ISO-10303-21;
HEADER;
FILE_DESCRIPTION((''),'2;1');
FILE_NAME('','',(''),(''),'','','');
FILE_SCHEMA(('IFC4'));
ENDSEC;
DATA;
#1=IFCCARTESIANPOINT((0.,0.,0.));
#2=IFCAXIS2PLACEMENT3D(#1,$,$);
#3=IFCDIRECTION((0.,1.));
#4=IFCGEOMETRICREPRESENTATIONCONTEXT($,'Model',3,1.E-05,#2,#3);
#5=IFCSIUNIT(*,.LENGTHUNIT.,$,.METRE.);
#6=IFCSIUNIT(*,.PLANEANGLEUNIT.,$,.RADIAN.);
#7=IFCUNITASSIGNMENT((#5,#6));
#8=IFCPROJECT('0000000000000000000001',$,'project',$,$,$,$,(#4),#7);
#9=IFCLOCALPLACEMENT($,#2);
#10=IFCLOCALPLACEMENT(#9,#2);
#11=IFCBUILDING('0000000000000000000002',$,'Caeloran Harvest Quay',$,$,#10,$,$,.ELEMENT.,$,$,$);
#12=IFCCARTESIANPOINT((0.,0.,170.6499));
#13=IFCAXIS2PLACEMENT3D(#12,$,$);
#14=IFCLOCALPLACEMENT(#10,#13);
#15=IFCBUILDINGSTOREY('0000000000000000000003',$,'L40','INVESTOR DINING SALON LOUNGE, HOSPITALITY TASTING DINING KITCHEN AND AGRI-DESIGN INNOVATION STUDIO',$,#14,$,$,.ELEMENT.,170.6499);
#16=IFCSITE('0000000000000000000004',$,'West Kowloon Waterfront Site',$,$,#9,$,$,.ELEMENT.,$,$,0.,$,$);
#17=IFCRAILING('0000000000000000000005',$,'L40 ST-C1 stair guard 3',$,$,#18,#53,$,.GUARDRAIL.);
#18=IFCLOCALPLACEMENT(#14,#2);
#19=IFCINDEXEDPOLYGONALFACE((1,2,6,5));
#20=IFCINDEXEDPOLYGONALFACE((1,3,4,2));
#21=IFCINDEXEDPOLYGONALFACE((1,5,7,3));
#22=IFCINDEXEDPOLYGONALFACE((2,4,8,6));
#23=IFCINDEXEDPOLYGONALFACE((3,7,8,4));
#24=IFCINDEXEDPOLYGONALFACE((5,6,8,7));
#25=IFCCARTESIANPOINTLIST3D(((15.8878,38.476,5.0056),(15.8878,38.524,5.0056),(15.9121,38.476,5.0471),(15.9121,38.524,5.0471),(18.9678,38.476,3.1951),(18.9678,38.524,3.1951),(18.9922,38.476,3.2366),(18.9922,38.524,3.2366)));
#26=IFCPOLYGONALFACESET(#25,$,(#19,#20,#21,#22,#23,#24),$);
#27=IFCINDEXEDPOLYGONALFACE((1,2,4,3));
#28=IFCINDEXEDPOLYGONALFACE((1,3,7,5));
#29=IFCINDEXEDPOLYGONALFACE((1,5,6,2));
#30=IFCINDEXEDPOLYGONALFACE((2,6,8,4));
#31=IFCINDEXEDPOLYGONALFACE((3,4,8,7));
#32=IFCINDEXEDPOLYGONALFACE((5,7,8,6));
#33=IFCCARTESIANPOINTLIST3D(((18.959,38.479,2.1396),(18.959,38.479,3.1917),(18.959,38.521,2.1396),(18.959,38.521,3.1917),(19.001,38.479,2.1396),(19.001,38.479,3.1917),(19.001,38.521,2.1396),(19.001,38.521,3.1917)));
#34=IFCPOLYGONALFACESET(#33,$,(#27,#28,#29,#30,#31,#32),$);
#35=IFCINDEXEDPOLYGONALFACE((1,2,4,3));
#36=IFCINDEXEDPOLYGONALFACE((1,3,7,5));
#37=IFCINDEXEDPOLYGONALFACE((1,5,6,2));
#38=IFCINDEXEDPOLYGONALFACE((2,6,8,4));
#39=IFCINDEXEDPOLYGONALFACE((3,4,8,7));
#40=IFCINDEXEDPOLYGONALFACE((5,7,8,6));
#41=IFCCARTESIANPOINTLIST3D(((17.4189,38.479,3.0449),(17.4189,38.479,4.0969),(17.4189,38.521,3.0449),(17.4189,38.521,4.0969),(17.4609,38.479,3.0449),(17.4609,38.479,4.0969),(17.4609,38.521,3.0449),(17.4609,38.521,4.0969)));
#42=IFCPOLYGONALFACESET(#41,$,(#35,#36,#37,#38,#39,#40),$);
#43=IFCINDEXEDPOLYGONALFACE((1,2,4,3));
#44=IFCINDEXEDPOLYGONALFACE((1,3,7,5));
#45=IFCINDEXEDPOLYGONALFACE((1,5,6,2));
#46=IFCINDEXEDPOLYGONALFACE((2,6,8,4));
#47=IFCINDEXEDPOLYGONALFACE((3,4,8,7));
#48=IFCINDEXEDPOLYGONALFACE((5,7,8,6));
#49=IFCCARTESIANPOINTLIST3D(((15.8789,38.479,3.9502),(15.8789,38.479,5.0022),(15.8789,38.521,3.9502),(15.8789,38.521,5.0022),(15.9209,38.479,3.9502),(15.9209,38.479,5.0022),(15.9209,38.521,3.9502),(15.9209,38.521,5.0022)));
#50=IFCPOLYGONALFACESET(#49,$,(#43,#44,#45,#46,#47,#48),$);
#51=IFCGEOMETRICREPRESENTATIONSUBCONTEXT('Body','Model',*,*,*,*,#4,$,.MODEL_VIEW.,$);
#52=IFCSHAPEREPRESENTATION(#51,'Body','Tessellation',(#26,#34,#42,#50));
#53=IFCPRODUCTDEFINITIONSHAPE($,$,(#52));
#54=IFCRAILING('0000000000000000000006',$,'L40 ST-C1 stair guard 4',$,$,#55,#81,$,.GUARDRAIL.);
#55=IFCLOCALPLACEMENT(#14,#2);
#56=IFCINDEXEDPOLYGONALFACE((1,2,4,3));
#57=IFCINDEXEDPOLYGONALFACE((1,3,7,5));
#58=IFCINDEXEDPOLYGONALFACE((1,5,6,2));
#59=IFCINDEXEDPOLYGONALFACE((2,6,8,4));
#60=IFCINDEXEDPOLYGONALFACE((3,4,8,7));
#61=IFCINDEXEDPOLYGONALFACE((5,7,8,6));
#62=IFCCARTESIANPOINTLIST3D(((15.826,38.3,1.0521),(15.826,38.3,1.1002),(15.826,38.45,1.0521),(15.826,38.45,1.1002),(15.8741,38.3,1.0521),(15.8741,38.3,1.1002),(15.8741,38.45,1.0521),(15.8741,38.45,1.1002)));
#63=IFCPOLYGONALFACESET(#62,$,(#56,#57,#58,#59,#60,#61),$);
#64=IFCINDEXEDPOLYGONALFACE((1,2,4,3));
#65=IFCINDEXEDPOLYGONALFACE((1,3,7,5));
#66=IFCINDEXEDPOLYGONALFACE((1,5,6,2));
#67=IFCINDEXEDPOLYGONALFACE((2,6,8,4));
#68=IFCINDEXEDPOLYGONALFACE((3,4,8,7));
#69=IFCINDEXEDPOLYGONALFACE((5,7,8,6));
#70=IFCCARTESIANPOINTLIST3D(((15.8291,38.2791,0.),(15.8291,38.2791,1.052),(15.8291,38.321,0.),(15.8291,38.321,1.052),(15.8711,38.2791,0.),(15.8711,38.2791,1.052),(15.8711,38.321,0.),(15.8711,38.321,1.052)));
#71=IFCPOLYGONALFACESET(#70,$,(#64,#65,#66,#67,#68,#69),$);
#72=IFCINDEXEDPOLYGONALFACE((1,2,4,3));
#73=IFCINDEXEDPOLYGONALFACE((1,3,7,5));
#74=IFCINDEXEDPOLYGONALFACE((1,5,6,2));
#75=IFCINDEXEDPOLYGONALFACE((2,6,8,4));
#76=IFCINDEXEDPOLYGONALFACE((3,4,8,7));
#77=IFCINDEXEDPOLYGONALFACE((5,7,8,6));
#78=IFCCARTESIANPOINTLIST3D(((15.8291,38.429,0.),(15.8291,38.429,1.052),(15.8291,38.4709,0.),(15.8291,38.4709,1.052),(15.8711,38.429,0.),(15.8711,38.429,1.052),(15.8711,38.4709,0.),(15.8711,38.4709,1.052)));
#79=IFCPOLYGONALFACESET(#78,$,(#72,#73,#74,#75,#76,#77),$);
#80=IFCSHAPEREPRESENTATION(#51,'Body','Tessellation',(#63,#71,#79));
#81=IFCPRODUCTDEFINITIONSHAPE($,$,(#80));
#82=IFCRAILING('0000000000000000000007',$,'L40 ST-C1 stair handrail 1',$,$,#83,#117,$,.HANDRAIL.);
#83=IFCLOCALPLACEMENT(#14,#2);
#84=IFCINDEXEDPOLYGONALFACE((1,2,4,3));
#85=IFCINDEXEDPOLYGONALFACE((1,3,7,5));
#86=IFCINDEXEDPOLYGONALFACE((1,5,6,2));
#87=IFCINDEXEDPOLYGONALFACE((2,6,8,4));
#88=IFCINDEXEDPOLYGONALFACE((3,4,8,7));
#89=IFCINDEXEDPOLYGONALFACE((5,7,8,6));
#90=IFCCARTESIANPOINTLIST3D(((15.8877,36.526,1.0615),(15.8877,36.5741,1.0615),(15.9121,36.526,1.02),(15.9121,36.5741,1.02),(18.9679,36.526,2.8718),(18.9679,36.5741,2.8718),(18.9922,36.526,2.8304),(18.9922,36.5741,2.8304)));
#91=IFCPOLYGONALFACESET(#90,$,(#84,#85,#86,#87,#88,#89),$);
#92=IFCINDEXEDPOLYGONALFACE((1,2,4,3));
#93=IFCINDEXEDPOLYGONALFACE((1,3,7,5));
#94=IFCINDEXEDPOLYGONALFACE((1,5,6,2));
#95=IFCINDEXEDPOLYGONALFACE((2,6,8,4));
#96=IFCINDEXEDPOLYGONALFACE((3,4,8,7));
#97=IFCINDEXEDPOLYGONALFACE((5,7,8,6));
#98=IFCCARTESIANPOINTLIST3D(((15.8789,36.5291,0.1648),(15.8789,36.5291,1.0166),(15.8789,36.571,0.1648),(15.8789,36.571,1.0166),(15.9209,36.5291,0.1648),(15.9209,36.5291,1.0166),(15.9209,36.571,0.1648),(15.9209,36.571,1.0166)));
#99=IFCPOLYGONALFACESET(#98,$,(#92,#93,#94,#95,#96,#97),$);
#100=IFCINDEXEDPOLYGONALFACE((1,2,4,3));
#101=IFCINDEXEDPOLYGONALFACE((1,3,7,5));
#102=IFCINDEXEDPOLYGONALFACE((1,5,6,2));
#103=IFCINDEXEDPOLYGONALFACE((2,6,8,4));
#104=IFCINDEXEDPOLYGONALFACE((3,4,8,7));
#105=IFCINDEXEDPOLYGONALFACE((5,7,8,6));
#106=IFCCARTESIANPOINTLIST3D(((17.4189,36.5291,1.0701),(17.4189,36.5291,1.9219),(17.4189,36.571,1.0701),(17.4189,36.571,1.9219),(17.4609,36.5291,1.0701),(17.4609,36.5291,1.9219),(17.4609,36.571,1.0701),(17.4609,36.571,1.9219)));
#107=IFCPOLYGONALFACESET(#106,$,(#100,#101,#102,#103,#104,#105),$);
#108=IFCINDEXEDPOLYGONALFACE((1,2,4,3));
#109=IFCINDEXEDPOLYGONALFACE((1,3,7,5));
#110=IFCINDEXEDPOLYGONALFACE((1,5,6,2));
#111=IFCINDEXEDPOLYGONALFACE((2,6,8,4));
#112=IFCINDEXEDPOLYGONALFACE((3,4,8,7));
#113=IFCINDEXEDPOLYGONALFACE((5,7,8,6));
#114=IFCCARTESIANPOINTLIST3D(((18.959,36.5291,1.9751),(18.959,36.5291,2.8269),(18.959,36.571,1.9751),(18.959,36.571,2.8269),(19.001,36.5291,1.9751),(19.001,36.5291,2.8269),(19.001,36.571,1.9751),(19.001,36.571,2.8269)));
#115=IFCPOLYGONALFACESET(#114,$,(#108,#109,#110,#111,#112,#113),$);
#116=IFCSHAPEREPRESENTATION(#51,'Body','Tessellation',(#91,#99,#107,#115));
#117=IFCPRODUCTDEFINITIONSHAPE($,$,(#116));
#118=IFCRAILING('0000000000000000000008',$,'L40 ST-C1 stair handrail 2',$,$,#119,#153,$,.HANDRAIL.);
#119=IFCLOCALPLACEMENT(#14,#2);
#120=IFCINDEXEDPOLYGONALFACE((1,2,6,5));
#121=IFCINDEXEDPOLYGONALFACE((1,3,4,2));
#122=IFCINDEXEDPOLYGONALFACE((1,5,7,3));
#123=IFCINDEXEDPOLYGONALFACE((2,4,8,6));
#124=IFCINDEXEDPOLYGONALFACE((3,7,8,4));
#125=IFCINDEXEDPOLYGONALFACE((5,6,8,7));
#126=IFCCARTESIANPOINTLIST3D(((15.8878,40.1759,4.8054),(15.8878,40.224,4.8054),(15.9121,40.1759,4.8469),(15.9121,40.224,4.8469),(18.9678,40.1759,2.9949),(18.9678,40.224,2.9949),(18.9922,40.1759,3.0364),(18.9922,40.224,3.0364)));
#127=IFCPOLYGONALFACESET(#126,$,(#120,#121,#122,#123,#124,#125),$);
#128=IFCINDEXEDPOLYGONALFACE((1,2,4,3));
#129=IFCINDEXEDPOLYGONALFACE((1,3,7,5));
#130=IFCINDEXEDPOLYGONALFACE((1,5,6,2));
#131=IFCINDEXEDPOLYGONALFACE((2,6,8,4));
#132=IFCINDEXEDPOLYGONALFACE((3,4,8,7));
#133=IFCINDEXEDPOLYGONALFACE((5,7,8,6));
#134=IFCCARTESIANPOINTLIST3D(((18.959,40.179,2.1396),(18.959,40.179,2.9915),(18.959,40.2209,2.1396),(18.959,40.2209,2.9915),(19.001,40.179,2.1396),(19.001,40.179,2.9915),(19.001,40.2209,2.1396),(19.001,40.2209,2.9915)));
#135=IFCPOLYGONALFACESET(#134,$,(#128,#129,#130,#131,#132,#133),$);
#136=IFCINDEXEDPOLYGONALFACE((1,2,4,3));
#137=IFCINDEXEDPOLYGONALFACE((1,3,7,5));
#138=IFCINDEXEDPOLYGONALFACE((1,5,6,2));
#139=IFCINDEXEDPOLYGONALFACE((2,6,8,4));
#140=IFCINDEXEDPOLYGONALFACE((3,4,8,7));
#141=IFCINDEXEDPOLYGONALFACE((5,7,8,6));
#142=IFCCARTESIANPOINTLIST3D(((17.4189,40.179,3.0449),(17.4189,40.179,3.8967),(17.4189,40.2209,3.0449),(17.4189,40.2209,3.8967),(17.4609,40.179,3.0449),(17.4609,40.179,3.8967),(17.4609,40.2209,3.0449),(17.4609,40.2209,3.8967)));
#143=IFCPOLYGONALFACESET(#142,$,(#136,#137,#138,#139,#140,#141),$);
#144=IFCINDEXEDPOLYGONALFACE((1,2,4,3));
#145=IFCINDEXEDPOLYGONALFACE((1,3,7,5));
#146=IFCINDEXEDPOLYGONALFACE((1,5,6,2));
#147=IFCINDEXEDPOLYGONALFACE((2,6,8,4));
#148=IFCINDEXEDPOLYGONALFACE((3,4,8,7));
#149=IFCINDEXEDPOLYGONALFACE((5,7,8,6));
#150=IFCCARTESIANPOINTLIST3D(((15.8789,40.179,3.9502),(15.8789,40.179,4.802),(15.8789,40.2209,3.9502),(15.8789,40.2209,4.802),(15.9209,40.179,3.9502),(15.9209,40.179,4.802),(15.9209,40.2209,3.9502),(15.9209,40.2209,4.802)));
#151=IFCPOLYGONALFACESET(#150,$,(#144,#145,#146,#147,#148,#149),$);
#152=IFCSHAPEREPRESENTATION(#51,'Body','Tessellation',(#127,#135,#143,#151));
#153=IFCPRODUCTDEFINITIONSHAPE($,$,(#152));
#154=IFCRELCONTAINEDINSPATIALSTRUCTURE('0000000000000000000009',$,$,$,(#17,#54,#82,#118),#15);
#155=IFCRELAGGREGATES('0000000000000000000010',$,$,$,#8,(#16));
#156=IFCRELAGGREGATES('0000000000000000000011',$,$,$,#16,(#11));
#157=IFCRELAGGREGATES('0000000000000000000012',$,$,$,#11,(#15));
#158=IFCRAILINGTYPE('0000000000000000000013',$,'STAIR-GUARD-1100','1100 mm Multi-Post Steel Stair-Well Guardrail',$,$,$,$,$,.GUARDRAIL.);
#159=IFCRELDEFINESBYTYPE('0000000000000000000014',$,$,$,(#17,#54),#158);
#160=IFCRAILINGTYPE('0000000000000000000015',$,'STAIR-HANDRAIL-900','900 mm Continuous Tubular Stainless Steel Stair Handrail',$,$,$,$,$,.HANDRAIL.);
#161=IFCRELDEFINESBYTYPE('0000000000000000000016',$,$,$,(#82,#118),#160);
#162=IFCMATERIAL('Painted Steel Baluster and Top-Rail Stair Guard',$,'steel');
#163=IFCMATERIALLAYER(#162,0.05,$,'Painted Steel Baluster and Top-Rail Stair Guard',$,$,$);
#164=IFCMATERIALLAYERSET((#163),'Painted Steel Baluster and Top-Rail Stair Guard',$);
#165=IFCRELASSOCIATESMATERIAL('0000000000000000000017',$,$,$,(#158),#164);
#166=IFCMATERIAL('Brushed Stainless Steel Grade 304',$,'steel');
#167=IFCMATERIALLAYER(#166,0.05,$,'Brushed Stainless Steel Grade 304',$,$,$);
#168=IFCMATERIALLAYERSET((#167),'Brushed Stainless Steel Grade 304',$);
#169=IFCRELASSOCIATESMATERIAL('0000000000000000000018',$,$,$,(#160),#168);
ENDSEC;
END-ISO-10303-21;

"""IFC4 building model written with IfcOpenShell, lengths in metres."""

from ifc_helpers import new_model, si_unit, direction, frame, origin, origin_2d, place, context, subcontext, project, spatial, rectangle, extrude, material, layer, layer_set, type_object, element, save


model = new_model("IFC4")

# Units and contexts
model_context = context("Model", 3, precision=1e-05, world=origin(), true_north=direction((0.0, 1.0)))
body_context = subcontext(model_context, "Body", "Model", "MODEL_VIEW")
ifc_project = project(units=[si_unit("LENGTHUNIT", "METRE"), si_unit("PLANEANGLEUNIT", "RADIAN")], contexts=[model_context])

# Site, building, storey
site_placement = place(None, origin())
site = spatial("IfcSite", under=ifc_project, at=site_placement, Name="West Kowloon Waterfront Site", CompositionType="ELEMENT", RefElevation=0.0)
building_placement = place(site_placement, origin())
building = spatial("IfcBuilding", under=site, at=building_placement, Name="Caeloran Harvest Quay", CompositionType="ELEMENT")
storey_placement = place(building_placement, frame((0.0, 0.0, 170.6499)))
storey = spatial("IfcBuildingStorey", under=building, at=storey_placement, Name="L40", Description="INVESTOR DINING SALON LOUNGE, HOSPITALITY TASTING DINING KITCHEN AND AGRI-DESIGN INNOVATION STUDIO", CompositionType="ELEMENT", Elevation=170.6499)

# Railings
ifc_material_1 = material(Name="Painted Steel Baluster and Top-Rail Stair Guard", Category="steel")
ifc_layer_1 = layer(ifc_material_1, 0.05, Name="Painted Steel Baluster and Top-Rail Stair Guard")
ifc_layer_set_1 = layer_set([ifc_layer_1], Name="Painted Steel Baluster and Top-Rail Stair Guard")
railing_type_1 = type_object("IfcRailingType", Name="STAIR-GUARD-1100", Description="1100 mm Multi-Post Steel Stair-Well Guardrail", PredefinedType="GUARDRAIL", material=ifc_layer_set_1)
railing_1_placement = place(storey_placement, frame((18.98, 38.5, 2.1396)))
element("IfcRailing", 1, at=railing_1_placement, inside=storey, type_object=railing_type_1, Name="L40 ST-C1 stair guard 3", PredefinedType="GUARDRAIL", context=body_context, shape_type="SweptSolid", body=[
    extrude(rectangle(XDim=0.0481, YDim=0.0481, at=origin_2d()), frame((0.0, 0.0, 1.0762), z_axis=(-0.862089, 0.0, 0.506757), x_axis=(0.0, -1.0, 0.0)), (0.0, 0.0, 1.0), 3.5728),
    extrude(rectangle(XDim=0.042, YDim=0.042, at=origin_2d()), origin(), (0.0, 0.0, 1.0), 1.052),
    extrude(rectangle(XDim=0.042, YDim=0.042, at=origin_2d()), frame((-1.54, 0.0, 0.9053)), (0.0, 0.0, 1.0), 1.052),
    extrude(rectangle(XDim=0.042, YDim=0.042, at=origin_2d()), frame((-3.0801, 0.0, 1.8105)), (0.0, 0.0, 1.0), 1.052),
])
railing_2_placement = place(storey_placement, frame((15.8501, 38.3, 0.0)))
element("IfcRailing", 2, at=railing_2_placement, inside=storey, type_object=railing_type_1, Name="L40 ST-C1 stair guard 4", PredefinedType="GUARDRAIL", context=body_context, shape_type="SweptSolid", body=[
    extrude(rectangle(XDim=0.0481, YDim=0.0481, at=origin_2d()), frame((0.0, 0.0, 1.0762), z_axis=(0.0, 1.0, 0.0), x_axis=(-1.0, 0.0, 0.0)), (0.0, 0.0, 1.0), 0.1499),
    extrude(rectangle(XDim=0.042, YDim=0.042, at=origin_2d()), origin(), (0.0, 0.0, 1.0), 1.052),
    extrude(rectangle(XDim=0.042, YDim=0.042, at=origin_2d()), frame((0.0, 0.1499, 0.0)), (0.0, 0.0, 1.0), 1.052),
])
ifc_material_2 = material(Name="Brushed Stainless Steel Grade 304", Category="steel")
ifc_layer_2 = layer(ifc_material_2, 0.05, Name="Brushed Stainless Steel Grade 304")
ifc_layer_set_2 = layer_set([ifc_layer_2], Name="Brushed Stainless Steel Grade 304")
railing_type_2 = type_object("IfcRailingType", Name="STAIR-HANDRAIL-900", Description="900 mm Continuous Tubular Stainless Steel Stair Handrail", PredefinedType="HANDRAIL", material=ifc_layer_set_2)
railing_3_placement = place(storey_placement, frame((15.8999, 36.55, 0.1648)))
element("IfcRailing", 3, at=railing_3_placement, inside=storey, type_object=railing_type_2, Name="L40 ST-C1 stair handrail 1", PredefinedType="HANDRAIL", context=body_context, shape_type="SweptSolid", body=[
    extrude(rectangle(XDim=0.0481, YDim=0.0481, at=origin_2d()), frame((0.0, 0.0, 0.876), z_axis=(0.862119, 0.0, 0.506707), x_axis=(0.0, 1.0, 0.0)), (0.0, 0.0, 1.0), 3.5728),
    extrude(rectangle(XDim=0.042, YDim=0.042, at=origin_2d()), origin(), (0.0, 0.0, 1.0), 0.8518),
    extrude(rectangle(XDim=0.042, YDim=0.042, at=origin_2d()), frame((1.54, 0.0, 0.9053)), (0.0, 0.0, 1.0), 0.8518),
    extrude(rectangle(XDim=0.042, YDim=0.042, at=origin_2d()), frame((3.0801, 0.0, 1.8103)), (0.0, 0.0, 1.0), 0.8518),
])
railing_4_placement = place(storey_placement, frame((18.98, 40.2, 2.1396)))
element("IfcRailing", 4, at=railing_4_placement, inside=storey, type_object=railing_type_2, Name="L40 ST-C1 stair handrail 2", PredefinedType="HANDRAIL", context=body_context, shape_type="SweptSolid", body=[
    extrude(rectangle(XDim=0.0481, YDim=0.0481, at=origin_2d()), frame((0.0, 0.0, 0.876), z_axis=(-0.862089, 0.0, 0.506757), x_axis=(0.0, -1.0, 0.0)), (0.0, 0.0, 1.0), 3.5728),
    extrude(rectangle(XDim=0.042, YDim=0.042, at=origin_2d()), origin(), (0.0, 0.0, 1.0), 0.8518),
    extrude(rectangle(XDim=0.042, YDim=0.042, at=origin_2d()), frame((-1.54, 0.0, 0.9053)), (0.0, 0.0, 1.0), 0.8518),
    extrude(rectangle(XDim=0.042, YDim=0.042, at=origin_2d()), frame((-3.0801, 0.0, 1.8105)), (0.0, 0.0, 1.0), 0.8518),
])

save(model, "model.ifc")
